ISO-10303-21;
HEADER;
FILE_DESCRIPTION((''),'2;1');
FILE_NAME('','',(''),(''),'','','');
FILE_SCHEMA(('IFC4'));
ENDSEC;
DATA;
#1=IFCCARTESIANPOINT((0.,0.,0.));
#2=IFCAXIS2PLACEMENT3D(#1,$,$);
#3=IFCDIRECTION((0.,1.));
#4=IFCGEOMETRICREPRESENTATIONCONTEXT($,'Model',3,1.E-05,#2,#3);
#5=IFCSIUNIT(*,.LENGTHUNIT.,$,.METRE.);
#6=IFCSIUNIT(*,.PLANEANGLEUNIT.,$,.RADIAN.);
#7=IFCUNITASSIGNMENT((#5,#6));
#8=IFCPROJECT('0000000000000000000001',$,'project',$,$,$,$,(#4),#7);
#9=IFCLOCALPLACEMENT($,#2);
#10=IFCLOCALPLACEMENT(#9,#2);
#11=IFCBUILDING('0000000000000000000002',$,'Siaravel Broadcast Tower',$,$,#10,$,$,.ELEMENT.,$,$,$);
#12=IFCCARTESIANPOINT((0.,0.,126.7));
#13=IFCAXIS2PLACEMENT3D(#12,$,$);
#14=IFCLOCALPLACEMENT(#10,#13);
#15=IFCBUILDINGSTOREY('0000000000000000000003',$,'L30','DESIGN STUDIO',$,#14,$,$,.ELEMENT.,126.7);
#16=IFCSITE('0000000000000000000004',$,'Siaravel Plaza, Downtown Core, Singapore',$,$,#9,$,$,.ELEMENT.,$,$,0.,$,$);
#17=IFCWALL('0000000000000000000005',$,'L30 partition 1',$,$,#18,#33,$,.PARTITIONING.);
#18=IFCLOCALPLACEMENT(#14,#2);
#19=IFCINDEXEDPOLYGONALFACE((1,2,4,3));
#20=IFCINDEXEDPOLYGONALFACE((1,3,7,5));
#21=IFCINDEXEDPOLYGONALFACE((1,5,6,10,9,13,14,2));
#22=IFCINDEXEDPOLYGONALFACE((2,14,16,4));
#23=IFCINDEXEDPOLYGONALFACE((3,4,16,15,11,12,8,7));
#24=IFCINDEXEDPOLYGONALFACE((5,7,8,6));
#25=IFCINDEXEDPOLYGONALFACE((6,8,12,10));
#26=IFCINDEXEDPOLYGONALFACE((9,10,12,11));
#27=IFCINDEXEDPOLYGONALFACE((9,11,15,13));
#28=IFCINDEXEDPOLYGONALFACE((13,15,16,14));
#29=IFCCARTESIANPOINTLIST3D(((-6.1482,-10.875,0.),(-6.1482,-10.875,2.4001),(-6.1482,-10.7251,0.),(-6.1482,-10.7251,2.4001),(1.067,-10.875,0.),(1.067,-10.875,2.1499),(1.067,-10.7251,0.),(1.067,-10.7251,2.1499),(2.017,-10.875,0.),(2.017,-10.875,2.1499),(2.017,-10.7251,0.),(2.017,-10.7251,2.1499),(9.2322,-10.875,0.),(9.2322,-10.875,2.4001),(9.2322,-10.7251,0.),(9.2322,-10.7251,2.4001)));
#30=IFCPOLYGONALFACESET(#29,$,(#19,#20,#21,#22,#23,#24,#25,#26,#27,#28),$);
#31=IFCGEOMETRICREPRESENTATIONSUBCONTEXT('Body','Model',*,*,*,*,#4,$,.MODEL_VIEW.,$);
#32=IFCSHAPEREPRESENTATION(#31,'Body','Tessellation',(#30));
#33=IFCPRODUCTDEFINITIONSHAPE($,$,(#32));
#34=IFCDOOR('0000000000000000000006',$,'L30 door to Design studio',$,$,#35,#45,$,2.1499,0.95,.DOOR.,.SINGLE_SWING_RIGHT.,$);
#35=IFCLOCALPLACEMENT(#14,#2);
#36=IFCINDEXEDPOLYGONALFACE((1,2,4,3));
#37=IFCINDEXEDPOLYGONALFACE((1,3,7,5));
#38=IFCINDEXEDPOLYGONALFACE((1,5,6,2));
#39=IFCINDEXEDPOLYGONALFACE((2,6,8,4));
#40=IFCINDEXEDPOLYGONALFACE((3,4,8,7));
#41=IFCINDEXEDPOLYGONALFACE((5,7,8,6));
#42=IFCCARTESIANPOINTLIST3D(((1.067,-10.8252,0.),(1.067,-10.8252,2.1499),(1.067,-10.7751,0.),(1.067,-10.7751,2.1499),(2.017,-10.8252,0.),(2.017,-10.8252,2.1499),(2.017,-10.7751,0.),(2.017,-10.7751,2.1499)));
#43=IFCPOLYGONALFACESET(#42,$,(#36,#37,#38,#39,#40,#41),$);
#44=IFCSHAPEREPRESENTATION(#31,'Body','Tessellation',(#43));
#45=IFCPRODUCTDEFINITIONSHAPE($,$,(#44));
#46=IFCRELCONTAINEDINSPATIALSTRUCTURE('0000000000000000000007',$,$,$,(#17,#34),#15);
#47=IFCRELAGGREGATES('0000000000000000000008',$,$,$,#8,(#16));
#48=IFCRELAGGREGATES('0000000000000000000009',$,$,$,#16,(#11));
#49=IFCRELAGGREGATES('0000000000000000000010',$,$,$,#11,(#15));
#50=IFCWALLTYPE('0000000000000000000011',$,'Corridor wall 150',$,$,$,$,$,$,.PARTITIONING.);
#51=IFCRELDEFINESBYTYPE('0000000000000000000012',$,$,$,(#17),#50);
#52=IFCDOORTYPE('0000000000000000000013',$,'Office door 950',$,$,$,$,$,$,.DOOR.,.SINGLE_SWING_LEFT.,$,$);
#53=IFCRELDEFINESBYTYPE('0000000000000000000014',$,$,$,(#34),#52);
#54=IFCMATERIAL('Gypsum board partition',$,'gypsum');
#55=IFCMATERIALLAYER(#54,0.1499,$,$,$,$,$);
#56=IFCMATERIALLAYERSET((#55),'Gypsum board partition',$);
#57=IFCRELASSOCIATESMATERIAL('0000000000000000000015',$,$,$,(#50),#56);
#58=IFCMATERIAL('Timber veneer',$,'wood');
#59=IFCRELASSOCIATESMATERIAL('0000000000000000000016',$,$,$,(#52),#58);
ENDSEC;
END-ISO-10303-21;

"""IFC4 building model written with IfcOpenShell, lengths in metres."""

from ifc_helpers import new_model, si_unit, direction, frame, frame_2d, origin, place, context, subcontext, project, spatial, rectangle, extrude, material, layer, layer_set, type_object, element, fill, save


model = new_model("IFC4")

# Units and contexts
model_context = context("Model", 3, precision=1e-05, world=origin(), true_north=direction((0.0, 1.0)))
body_context = subcontext(model_context, "Body", "Model", "MODEL_VIEW")
ifc_project = project(units=[si_unit("LENGTHUNIT", "METRE"), si_unit("PLANEANGLEUNIT", "RADIAN")], contexts=[model_context])

# Site, building, storey
site_placement = place(None, origin())
site = spatial("IfcSite", under=ifc_project, at=site_placement, Name="Siaravel Plaza, Downtown Core, Singapore", CompositionType="ELEMENT", RefElevation=0.0)
building_placement = place(site_placement, origin())
building = spatial("IfcBuilding", under=site, at=building_placement, Name="Siaravel Broadcast Tower", CompositionType="ELEMENT")
storey_placement = place(building_placement, frame((0.0, 0.0, 126.7)))
storey = spatial("IfcBuildingStorey", under=building, at=storey_placement, Name="L30", Description="DESIGN STUDIO", CompositionType="ELEMENT", Elevation=126.7)

# Wall, opening, door
ifc_material_1 = material(Name="Gypsum board partition", Category="gypsum")
ifc_layer_1 = layer(ifc_material_1, 0.1499)
ifc_layer_set_1 = layer_set([ifc_layer_1], Name="Gypsum board partition")
wall_type_1 = type_object("IfcWallType", Name="Corridor wall 150", PredefinedType="PARTITIONING", material=ifc_layer_set_1)
wall_1_placement = place(storey_placement, frame((-6.1482, -10.8, 0.0), z_axis=(0.0, 0.0, 1.0), x_axis=(1.0, 0.0, 0.0)))
wall_1 = element("IfcWall", 1, at=wall_1_placement, inside=storey, type_object=wall_type_1, Name="L30 partition 1", PredefinedType="PARTITIONING", context=body_context, shape_type="SweptSolid", body=[
    extrude(rectangle(XDim=15.3804, YDim=0.1499, at=frame_2d((7.6902, 0.0))), origin(), (0.0, 0.0, 1.0), 2.4001),
])
opening_1_placement = place(wall_1_placement, frame((7.2151, 0.0, 0.0)))
opening_1 = element("IfcOpeningElement", 2, at=opening_1_placement, cuts=wall_1, PredefinedType="OPENING", context=body_context, shape_type="SweptSolid", body=[
    extrude(rectangle(XDim=0.95, YDim=2.1499, at=frame_2d((0.4751, 1.075))), frame((0.0, 0.085, 0.0), z_axis=(0.0, -1.0, 0.0), x_axis=(1.0, 0.0, 0.0)), (0.0, 0.0, 1.0), 0.1699),
])
ifc_material_2 = material(Name="Timber veneer", Category="wood")
door_type_1 = type_object("IfcDoorType", Name="Office door 950", OperationType="SINGLE_SWING_LEFT", PredefinedType="DOOR", material=ifc_material_2)
door_1_placement = place(opening_1_placement, origin())
door_1 = element("IfcDoor", 3, at=door_1_placement, inside=storey, type_object=door_type_1, Name="L30 door to Design studio", OperationType="SINGLE_SWING_RIGHT", OverallHeight=2.1499, OverallWidth=0.95, PredefinedType="DOOR", context=body_context, shape_type="SweptSolid", body=[
    extrude(rectangle(XDim=0.95, YDim=2.1499, at=frame_2d((0.4751, 1.075))), frame((0.0, 0.0249, 0.0), z_axis=(0.0, -1.0, 0.0), x_axis=(1.0, 0.0, 0.0)), (0.0, 0.0, 1.0), 0.05),
])
fill(opening_1, door_1)

save(model, "model.ifc")
